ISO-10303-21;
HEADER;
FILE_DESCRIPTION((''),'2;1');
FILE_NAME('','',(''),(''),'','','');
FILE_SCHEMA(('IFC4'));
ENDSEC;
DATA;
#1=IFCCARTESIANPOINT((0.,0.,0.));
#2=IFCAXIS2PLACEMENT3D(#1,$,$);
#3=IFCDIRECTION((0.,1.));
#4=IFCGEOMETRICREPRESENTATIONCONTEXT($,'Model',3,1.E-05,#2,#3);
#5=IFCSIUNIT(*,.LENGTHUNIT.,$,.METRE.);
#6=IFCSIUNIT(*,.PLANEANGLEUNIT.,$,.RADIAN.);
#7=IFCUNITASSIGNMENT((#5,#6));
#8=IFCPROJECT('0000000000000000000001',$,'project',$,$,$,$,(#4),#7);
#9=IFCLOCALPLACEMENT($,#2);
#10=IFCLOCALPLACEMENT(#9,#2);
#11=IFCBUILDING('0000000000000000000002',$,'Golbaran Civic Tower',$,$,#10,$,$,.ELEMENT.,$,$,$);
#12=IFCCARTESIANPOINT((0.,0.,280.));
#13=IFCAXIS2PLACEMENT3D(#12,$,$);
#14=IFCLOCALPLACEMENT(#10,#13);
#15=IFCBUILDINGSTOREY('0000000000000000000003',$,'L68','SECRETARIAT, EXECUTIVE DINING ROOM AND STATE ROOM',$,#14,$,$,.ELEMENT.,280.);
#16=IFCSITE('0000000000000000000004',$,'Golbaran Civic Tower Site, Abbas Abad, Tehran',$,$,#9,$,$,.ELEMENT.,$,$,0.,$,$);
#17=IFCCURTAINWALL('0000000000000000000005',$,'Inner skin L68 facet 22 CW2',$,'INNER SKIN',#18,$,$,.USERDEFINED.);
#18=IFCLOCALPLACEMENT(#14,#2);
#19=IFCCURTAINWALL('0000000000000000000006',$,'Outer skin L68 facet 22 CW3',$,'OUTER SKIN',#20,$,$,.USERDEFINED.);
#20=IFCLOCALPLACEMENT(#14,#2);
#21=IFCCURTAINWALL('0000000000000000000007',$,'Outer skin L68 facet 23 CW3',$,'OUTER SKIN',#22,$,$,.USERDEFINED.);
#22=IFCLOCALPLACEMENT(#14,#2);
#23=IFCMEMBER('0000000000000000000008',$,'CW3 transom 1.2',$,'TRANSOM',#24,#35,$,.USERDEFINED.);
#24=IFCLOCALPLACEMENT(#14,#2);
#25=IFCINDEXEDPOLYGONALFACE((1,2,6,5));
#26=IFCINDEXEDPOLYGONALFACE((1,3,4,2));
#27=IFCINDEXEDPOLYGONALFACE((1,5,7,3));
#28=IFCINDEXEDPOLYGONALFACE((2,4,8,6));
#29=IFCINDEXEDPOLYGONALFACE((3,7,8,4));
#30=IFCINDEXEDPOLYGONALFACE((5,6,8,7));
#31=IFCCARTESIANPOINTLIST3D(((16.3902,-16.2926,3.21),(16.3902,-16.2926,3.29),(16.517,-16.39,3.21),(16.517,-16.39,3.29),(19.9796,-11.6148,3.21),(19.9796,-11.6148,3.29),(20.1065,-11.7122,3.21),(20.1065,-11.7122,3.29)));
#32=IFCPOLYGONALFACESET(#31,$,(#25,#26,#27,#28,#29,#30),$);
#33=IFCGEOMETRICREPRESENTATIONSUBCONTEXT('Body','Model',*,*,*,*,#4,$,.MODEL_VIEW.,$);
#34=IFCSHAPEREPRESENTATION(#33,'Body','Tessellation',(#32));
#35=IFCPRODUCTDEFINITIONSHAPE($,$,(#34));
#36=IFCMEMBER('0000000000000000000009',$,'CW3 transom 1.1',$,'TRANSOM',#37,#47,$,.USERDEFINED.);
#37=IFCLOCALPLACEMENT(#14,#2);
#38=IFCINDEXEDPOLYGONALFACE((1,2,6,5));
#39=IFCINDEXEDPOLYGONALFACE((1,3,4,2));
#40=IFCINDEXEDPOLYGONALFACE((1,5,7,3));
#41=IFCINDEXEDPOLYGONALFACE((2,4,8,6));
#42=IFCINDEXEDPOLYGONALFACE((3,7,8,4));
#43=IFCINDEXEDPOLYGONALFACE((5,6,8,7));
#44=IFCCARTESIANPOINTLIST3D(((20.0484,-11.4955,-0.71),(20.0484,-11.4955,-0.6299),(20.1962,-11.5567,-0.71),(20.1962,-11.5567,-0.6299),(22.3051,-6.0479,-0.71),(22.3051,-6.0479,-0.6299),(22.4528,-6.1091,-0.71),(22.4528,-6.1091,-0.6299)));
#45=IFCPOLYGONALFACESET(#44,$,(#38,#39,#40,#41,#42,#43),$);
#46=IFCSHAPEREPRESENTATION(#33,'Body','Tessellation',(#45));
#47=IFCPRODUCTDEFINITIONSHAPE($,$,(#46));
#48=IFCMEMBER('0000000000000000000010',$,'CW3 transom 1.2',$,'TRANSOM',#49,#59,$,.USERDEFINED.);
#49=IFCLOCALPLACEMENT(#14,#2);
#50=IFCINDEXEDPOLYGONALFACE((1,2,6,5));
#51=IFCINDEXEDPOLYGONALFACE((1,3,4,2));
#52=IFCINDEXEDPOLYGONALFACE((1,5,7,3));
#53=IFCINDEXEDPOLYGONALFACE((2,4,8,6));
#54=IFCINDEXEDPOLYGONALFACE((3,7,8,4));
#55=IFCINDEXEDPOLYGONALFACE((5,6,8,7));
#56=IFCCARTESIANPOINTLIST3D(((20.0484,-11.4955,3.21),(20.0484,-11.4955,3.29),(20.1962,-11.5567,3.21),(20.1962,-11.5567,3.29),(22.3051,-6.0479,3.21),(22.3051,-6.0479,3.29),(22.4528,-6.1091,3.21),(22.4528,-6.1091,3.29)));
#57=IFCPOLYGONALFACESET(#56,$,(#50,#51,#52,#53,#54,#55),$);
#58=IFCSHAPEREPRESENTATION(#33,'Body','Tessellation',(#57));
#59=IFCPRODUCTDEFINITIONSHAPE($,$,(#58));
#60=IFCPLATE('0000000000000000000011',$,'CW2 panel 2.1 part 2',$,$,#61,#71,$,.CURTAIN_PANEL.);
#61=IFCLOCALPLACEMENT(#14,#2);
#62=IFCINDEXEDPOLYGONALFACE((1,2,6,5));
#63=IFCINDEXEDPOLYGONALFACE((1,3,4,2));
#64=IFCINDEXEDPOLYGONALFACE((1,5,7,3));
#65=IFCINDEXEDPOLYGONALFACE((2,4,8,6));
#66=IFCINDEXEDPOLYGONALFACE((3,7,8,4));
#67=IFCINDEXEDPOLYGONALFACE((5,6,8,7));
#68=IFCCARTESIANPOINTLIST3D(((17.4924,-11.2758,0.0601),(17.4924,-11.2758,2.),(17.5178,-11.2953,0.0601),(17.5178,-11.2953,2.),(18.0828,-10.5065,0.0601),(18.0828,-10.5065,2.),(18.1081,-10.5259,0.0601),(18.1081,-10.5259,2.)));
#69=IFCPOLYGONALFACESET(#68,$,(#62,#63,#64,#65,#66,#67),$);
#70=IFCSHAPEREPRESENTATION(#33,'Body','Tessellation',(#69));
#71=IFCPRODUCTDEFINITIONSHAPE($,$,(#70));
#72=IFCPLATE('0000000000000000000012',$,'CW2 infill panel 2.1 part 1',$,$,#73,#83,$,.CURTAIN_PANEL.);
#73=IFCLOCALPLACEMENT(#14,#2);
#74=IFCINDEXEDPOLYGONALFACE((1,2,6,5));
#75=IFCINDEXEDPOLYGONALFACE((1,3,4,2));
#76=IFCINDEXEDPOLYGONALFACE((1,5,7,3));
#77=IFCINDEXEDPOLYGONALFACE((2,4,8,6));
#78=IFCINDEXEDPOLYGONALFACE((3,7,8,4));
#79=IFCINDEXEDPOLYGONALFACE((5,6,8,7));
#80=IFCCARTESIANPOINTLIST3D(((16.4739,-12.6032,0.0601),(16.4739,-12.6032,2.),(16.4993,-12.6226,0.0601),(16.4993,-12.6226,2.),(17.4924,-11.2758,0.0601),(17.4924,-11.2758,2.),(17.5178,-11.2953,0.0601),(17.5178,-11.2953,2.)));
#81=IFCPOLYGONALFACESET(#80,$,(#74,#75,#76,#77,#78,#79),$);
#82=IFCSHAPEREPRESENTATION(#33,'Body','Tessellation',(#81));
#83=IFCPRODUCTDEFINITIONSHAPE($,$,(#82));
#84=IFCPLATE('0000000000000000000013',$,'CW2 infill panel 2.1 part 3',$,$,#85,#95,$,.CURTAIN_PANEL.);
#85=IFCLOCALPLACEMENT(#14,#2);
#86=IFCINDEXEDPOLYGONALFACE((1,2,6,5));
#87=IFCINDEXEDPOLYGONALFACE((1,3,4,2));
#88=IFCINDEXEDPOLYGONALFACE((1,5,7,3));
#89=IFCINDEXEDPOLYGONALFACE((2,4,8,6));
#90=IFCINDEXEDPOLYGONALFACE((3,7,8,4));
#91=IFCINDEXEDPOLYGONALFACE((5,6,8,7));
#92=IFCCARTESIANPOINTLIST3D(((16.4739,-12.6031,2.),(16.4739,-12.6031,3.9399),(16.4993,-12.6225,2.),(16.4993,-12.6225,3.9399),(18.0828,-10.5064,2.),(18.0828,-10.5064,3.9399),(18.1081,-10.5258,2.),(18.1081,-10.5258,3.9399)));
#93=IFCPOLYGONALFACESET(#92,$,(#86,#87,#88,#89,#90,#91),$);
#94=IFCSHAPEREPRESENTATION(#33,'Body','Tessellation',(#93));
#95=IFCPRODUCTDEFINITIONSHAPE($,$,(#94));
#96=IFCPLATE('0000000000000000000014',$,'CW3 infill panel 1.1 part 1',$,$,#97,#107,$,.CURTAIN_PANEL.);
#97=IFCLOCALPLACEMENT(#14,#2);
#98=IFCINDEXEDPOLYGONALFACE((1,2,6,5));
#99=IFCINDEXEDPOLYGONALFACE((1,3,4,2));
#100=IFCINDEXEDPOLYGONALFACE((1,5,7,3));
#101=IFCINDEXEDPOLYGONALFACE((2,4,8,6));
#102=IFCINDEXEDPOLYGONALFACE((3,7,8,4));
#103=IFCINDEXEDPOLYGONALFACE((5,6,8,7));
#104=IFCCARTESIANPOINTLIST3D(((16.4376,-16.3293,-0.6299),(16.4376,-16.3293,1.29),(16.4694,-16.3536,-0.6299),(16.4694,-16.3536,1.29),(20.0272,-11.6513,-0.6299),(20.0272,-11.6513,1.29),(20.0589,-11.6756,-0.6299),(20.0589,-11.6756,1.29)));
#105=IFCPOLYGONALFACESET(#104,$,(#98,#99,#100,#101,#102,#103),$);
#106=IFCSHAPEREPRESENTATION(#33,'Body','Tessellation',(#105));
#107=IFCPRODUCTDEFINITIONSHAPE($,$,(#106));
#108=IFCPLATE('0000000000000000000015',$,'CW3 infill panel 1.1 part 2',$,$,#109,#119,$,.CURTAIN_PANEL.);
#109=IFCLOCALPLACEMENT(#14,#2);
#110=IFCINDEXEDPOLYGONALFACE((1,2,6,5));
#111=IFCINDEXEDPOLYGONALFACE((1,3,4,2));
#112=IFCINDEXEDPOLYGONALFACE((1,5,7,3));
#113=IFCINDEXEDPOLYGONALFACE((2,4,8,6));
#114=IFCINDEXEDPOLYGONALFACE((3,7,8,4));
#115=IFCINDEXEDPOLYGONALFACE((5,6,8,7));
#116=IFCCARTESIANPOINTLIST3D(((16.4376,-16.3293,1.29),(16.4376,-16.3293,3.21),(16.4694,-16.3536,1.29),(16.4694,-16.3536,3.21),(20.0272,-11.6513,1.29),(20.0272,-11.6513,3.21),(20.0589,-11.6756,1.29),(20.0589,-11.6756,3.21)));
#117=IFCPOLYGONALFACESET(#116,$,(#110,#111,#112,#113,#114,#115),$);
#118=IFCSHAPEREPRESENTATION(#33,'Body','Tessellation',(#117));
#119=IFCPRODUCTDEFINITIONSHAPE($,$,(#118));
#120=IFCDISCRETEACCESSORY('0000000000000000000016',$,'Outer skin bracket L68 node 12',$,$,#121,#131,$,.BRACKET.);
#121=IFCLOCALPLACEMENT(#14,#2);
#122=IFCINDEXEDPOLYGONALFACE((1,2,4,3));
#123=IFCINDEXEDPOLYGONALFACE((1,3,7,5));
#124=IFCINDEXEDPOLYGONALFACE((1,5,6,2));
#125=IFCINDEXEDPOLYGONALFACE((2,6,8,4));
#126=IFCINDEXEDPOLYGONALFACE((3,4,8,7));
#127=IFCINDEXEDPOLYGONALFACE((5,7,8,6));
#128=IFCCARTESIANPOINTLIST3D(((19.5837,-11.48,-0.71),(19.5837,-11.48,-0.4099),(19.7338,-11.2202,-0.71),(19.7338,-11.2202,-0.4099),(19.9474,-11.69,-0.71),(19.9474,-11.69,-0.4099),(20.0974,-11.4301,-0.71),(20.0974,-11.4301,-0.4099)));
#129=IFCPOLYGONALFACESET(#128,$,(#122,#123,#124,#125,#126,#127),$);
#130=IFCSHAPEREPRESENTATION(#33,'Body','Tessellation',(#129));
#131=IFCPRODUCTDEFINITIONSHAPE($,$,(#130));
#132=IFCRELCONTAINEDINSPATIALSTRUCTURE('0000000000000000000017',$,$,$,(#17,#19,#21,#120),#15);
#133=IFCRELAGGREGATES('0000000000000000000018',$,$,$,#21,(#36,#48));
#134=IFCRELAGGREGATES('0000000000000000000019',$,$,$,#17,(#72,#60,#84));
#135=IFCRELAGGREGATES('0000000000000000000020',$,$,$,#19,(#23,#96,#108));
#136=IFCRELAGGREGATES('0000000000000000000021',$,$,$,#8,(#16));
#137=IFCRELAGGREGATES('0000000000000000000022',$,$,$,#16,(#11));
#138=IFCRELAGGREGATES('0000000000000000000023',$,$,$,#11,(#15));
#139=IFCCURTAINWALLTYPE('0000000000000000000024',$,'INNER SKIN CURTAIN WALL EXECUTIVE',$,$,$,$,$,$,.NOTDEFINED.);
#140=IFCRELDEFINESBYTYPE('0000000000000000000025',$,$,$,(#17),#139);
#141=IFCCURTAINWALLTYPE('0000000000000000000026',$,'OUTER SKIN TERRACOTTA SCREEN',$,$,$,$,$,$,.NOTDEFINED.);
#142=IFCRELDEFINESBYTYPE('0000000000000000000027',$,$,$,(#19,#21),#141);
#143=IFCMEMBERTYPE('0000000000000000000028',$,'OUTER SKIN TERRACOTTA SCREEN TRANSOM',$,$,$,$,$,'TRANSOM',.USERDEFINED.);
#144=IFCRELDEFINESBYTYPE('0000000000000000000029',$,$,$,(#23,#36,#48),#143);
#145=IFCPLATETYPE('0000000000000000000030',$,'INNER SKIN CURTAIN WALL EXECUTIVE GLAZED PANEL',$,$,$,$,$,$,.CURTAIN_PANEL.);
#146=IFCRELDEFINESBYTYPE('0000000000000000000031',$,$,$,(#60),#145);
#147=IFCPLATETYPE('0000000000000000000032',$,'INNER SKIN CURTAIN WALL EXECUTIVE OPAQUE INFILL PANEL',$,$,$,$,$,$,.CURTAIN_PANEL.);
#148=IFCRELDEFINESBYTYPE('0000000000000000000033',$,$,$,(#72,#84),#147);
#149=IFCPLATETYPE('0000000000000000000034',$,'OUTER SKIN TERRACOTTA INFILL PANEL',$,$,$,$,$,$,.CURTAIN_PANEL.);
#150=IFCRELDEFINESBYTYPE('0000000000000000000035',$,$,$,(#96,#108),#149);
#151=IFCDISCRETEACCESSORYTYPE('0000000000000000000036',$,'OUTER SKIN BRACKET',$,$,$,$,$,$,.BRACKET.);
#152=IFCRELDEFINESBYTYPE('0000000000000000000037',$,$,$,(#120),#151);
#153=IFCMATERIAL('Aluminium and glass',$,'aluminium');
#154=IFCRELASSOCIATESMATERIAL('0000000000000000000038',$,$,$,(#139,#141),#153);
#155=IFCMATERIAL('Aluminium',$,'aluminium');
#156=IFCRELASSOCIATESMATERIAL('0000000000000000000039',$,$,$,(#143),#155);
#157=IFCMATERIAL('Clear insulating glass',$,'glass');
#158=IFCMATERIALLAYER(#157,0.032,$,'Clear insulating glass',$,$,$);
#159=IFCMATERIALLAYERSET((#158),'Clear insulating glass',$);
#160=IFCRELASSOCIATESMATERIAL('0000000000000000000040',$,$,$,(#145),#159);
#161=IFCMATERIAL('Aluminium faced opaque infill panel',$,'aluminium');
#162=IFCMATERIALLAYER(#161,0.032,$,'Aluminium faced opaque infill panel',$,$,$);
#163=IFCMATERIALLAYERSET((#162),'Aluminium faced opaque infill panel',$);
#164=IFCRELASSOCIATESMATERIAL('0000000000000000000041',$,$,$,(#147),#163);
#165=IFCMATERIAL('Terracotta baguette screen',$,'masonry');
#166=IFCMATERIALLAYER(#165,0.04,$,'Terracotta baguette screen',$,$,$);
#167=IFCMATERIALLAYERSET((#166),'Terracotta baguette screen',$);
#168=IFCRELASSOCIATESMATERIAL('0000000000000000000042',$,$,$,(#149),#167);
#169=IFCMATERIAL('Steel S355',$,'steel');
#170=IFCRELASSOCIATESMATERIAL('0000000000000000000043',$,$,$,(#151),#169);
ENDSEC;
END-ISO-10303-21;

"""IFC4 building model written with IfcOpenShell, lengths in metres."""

from ifc_helpers import new_model, si_unit, direction, frame, origin, origin_2d, place, context, subcontext, project, spatial, rectangle, extrude, material, layer, layer_set, material_profile, profile_set, type_object, element, aggregate, save


model = new_model("IFC4")

# Units and contexts
model_context = context("Model", 3, precision=1e-05, world=origin(), true_north=direction((0.0, 1.0)))
body_context = subcontext(model_context, "Body", "Model", "MODEL_VIEW")
ifc_project = project(units=[si_unit("LENGTHUNIT", "METRE"), si_unit("PLANEANGLEUNIT", "RADIAN")], contexts=[model_context])

# Site, building, storey
site_placement = place(None, origin())
site = spatial("IfcSite", under=ifc_project, at=site_placement, Name="Golbaran Civic Tower Site, Abbas Abad, Tehran", CompositionType="ELEMENT", RefElevation=0.0)
building_placement = place(site_placement, origin())
building = spatial("IfcBuilding", under=site, at=building_placement, Name="Golbaran Civic Tower", CompositionType="ELEMENT")
storey_placement = place(building_placement, frame((0.0, 0.0, 280.0)))
storey = spatial("IfcBuildingStorey", under=building, at=storey_placement, Name="L68", Description="SECRETARIAT, EXECUTIVE DINING ROOM AND STATE ROOM", CompositionType="ELEMENT", Elevation=280.0)

# Shared definitions
ifc_material_1 = material(Name="Steel S355", Category="steel")

# Curtain wall
ifc_material_2 = material(Name="Aluminium and glass", Category="aluminium")
curtain_wall_type_1 = type_object("IfcCurtainWallType", Name="INNER SKIN CURTAIN WALL EXECUTIVE", PredefinedType="NOTDEFINED", material=ifc_material_2)
curtain_wall_1_placement = place(storey_placement, origin())
curtain_wall_1 = element("IfcCurtainWall", 1, at=curtain_wall_1_placement, inside=storey, type_object=curtain_wall_type_1, Name="Inner skin L68 facet 22 CW2", ObjectType="INNER SKIN", PredefinedType="USERDEFINED")
ifc_material_3 = material(Name="Aluminium", Category="aluminium")

# Curtain walls
curtain_wall_type_2 = type_object("IfcCurtainWallType", Name="OUTER SKIN TERRACOTTA SCREEN", PredefinedType="NOTDEFINED", material=ifc_material_2)
curtain_wall_2_placement = place(storey_placement, origin())
curtain_wall_2 = element("IfcCurtainWall", 2, at=curtain_wall_2_placement, inside=storey, type_object=curtain_wall_type_2, Name="Outer skin L68 facet 22 CW3", ObjectType="OUTER SKIN", PredefinedType="USERDEFINED")
curtain_wall_3_placement = place(storey_placement, origin())
curtain_wall_3 = element("IfcCurtainWall", 3, at=curtain_wall_3_placement, inside=storey, type_object=curtain_wall_type_2, Name="Outer skin L68 facet 23 CW3", ObjectType="OUTER SKIN", PredefinedType="USERDEFINED")

# Members
ifc_material_profile_1 = material_profile(ifc_material_3, rectangle(XDim=0.1599, YDim=0.0801, at=origin_2d()), Name="OUTER SKIN TERRACOTTA SCREEN TRANSOM")
ifc_profile_set_1 = profile_set([ifc_material_profile_1], Name="Aluminium")
member_type_1 = type_object("IfcMemberType", Name="OUTER SKIN TERRACOTTA SCREEN TRANSOM", ElementType="TRANSOM", PredefinedType="USERDEFINED", material=ifc_profile_set_1)
member_1_placement = place(storey_placement, frame((16.4536, -16.3413, 3.25), z_axis=(0.608762, 0.793353, 0.0), x_axis=(-0.793353, 0.608762, 0.0)))
member_1 = element("IfcMember", 4, at=member_1_placement, type_object=member_type_1, Name="CW3 transom 1.2", ObjectType="TRANSOM", PredefinedType="USERDEFINED", context=body_context, shape_type="SweptSolid", body=[
    extrude(rectangle(XDim=0.1599, YDim=0.0801, at=origin_2d()), origin(), (0.0, 0.0, 1.0), 5.8962),
])
member_2_placement = place(storey_placement, frame((20.1223, -11.5261, -0.6699), z_axis=(0.382707, 0.92387, 0.0), x_axis=(-0.92387, 0.382707, 0.0)))
member_2 = element("IfcMember", 5, at=member_2_placement, type_object=member_type_1, Name="CW3 transom 1.1", ObjectType="TRANSOM", PredefinedType="USERDEFINED", context=body_context, shape_type="SweptSolid", body=[
    extrude(rectangle(XDim=0.1599, YDim=0.0801, at=origin_2d()), origin(), (0.0, 0.0, 1.0), 5.8965),
])
member_3_placement = place(storey_placement, frame((20.1223, -11.5261, 3.25), z_axis=(0.382707, 0.92387, 0.0), x_axis=(-0.92387, 0.382707, 0.0)))
member_3 = element("IfcMember", 6, at=member_3_placement, type_object=member_type_1, Name="CW3 transom 1.2", ObjectType="TRANSOM", PredefinedType="USERDEFINED", context=body_context, shape_type="SweptSolid", body=[
    extrude(rectangle(XDim=0.1599, YDim=0.0801, at=origin_2d()), origin(), (0.0, 0.0, 1.0), 5.8965),
])
aggregate(curtain_wall_3, [member_2, member_3])

# Plates
ifc_material_4 = material(Name="Clear insulating glass", Category="glass")
ifc_layer_1 = layer(ifc_material_4, 0.032, Name="Clear insulating glass")
ifc_layer_set_1 = layer_set([ifc_layer_1], Name="Clear insulating glass")
plate_type_1 = type_object("IfcPlateType", Name="INNER SKIN CURTAIN WALL EXECUTIVE GLAZED PANEL", PredefinedType="CURTAIN_PANEL", material=ifc_layer_set_1)
plate_1_placement = place(storey_placement, frame((17.8003, -10.9009, 0.0601), z_axis=(0.0, 0.0, 1.0), x_axis=(0.608761, 0.793353, 0.0)))
plate_1 = element("IfcPlate", 7, at=plate_1_placement, type_object=plate_type_1, Name="CW2 panel 2.1 part 2", PredefinedType="CURTAIN_PANEL", context=body_context, shape_type="SweptSolid", body=[
    extrude(rectangle(XDim=0.9697, YDim=0.032, at=origin_2d()), origin(), (0.0, 0.0, 1.0), 1.9399),
])
ifc_material_5 = material(Name="Aluminium faced opaque infill panel", Category="aluminium")
ifc_layer_2 = layer(ifc_material_5, 0.032, Name="Aluminium faced opaque infill panel")
ifc_layer_set_2 = layer_set([ifc_layer_2], Name="Aluminium faced opaque infill panel")
plate_type_2 = type_object("IfcPlateType", Name="INNER SKIN CURTAIN WALL EXECUTIVE OPAQUE INFILL PANEL", PredefinedType="CURTAIN_PANEL", material=ifc_layer_set_2)
plate_2_placement = place(storey_placement, frame((16.9958, -11.9492, 0.0601), z_axis=(0.0, 0.0, 1.0), x_axis=(0.608761, 0.793353, 0.0)))
plate_2 = element("IfcPlate", 8, at=plate_2_placement, type_object=plate_type_2, Name="CW2 infill panel 2.1 part 1", PredefinedType="CURTAIN_PANEL", context=body_context, shape_type="SweptSolid", body=[
    extrude(rectangle(XDim=1.6731, YDim=0.032, at=origin_2d()), origin(), (0.0, 0.0, 1.0), 1.9399),
])
plate_3_placement = place(storey_placement, frame((17.291, -11.5645, 2.0), z_axis=(0.0, 0.0, 1.0), x_axis=(0.608761, 0.793353, 0.0)))
plate_3 = element("IfcPlate", 9, at=plate_3_placement, type_object=plate_type_2, Name="CW2 infill panel 2.1 part 3", PredefinedType="CURTAIN_PANEL", context=body_context, shape_type="SweptSolid", body=[
    extrude(rectangle(XDim=2.6428, YDim=0.032, at=origin_2d()), origin(), (0.0, 0.0, 1.0), 1.9399),
])
aggregate(curtain_wall_1, [plate_2, plate_1, plate_3])
ifc_material_6 = material(Name="Terracotta baguette screen", Category="masonry")
ifc_layer_3 = layer(ifc_material_6, 0.04, Name="Terracotta baguette screen")
ifc_layer_set_3 = layer_set([ifc_layer_3], Name="Terracotta baguette screen")
plate_type_3 = type_object("IfcPlateType", Name="OUTER SKIN TERRACOTTA INFILL PANEL", PredefinedType="CURTAIN_PANEL", material=ifc_layer_set_3)
plate_4_placement = place(storey_placement, frame((18.2483, -14.0024, -0.6299), z_axis=(0.0, 0.0, 1.0), x_axis=(0.608761, 0.793353, 0.0)))
plate_4 = element("IfcPlate", 10, at=plate_4_placement, type_object=plate_type_3, Name="CW3 infill panel 1.1 part 1", PredefinedType="CURTAIN_PANEL", context=body_context, shape_type="SweptSolid", body=[
    extrude(rectangle(XDim=5.8965, YDim=0.04, at=origin_2d()), origin(), (0.0, 0.0, 1.0), 1.9199),
])
plate_5_placement = place(storey_placement, frame((18.2483, -14.0024, 1.29), z_axis=(0.0, 0.0, 1.0), x_axis=(0.608761, 0.793353, 0.0)))
plate_5 = element("IfcPlate", 11, at=plate_5_placement, type_object=plate_type_3, Name="CW3 infill panel 1.1 part 2", PredefinedType="CURTAIN_PANEL", context=body_context, shape_type="SweptSolid", body=[
    extrude(rectangle(XDim=5.8965, YDim=0.04, at=origin_2d()), origin(), (0.0, 0.0, 1.0), 1.9199),
])
aggregate(curtain_wall_2, [member_1, plate_4, plate_5])

# Discrete accessory
discrete_accessory_type = type_object("IfcDiscreteAccessoryType", Name="OUTER SKIN BRACKET", PredefinedType="BRACKET", material=ifc_material_1)
discrete_accessory_placement = place(storey_placement, frame((19.8406, -11.4551, -0.71), z_axis=(0.0, 0.0, 1.0), x_axis=(0.866025, -0.5, 0.0)))
element("IfcDiscreteAccessory", 12, at=discrete_accessory_placement, inside=storey, type_object=discrete_accessory_type, Name="Outer skin bracket L68 node 12", PredefinedType="BRACKET", context=body_context, shape_type="SweptSolid", body=[
    extrude(rectangle(XDim=0.4199, YDim=0.3, at=origin_2d()), origin(), (0.0, 0.0, 1.0), 0.3),
])

save(model, "model.ifc")
